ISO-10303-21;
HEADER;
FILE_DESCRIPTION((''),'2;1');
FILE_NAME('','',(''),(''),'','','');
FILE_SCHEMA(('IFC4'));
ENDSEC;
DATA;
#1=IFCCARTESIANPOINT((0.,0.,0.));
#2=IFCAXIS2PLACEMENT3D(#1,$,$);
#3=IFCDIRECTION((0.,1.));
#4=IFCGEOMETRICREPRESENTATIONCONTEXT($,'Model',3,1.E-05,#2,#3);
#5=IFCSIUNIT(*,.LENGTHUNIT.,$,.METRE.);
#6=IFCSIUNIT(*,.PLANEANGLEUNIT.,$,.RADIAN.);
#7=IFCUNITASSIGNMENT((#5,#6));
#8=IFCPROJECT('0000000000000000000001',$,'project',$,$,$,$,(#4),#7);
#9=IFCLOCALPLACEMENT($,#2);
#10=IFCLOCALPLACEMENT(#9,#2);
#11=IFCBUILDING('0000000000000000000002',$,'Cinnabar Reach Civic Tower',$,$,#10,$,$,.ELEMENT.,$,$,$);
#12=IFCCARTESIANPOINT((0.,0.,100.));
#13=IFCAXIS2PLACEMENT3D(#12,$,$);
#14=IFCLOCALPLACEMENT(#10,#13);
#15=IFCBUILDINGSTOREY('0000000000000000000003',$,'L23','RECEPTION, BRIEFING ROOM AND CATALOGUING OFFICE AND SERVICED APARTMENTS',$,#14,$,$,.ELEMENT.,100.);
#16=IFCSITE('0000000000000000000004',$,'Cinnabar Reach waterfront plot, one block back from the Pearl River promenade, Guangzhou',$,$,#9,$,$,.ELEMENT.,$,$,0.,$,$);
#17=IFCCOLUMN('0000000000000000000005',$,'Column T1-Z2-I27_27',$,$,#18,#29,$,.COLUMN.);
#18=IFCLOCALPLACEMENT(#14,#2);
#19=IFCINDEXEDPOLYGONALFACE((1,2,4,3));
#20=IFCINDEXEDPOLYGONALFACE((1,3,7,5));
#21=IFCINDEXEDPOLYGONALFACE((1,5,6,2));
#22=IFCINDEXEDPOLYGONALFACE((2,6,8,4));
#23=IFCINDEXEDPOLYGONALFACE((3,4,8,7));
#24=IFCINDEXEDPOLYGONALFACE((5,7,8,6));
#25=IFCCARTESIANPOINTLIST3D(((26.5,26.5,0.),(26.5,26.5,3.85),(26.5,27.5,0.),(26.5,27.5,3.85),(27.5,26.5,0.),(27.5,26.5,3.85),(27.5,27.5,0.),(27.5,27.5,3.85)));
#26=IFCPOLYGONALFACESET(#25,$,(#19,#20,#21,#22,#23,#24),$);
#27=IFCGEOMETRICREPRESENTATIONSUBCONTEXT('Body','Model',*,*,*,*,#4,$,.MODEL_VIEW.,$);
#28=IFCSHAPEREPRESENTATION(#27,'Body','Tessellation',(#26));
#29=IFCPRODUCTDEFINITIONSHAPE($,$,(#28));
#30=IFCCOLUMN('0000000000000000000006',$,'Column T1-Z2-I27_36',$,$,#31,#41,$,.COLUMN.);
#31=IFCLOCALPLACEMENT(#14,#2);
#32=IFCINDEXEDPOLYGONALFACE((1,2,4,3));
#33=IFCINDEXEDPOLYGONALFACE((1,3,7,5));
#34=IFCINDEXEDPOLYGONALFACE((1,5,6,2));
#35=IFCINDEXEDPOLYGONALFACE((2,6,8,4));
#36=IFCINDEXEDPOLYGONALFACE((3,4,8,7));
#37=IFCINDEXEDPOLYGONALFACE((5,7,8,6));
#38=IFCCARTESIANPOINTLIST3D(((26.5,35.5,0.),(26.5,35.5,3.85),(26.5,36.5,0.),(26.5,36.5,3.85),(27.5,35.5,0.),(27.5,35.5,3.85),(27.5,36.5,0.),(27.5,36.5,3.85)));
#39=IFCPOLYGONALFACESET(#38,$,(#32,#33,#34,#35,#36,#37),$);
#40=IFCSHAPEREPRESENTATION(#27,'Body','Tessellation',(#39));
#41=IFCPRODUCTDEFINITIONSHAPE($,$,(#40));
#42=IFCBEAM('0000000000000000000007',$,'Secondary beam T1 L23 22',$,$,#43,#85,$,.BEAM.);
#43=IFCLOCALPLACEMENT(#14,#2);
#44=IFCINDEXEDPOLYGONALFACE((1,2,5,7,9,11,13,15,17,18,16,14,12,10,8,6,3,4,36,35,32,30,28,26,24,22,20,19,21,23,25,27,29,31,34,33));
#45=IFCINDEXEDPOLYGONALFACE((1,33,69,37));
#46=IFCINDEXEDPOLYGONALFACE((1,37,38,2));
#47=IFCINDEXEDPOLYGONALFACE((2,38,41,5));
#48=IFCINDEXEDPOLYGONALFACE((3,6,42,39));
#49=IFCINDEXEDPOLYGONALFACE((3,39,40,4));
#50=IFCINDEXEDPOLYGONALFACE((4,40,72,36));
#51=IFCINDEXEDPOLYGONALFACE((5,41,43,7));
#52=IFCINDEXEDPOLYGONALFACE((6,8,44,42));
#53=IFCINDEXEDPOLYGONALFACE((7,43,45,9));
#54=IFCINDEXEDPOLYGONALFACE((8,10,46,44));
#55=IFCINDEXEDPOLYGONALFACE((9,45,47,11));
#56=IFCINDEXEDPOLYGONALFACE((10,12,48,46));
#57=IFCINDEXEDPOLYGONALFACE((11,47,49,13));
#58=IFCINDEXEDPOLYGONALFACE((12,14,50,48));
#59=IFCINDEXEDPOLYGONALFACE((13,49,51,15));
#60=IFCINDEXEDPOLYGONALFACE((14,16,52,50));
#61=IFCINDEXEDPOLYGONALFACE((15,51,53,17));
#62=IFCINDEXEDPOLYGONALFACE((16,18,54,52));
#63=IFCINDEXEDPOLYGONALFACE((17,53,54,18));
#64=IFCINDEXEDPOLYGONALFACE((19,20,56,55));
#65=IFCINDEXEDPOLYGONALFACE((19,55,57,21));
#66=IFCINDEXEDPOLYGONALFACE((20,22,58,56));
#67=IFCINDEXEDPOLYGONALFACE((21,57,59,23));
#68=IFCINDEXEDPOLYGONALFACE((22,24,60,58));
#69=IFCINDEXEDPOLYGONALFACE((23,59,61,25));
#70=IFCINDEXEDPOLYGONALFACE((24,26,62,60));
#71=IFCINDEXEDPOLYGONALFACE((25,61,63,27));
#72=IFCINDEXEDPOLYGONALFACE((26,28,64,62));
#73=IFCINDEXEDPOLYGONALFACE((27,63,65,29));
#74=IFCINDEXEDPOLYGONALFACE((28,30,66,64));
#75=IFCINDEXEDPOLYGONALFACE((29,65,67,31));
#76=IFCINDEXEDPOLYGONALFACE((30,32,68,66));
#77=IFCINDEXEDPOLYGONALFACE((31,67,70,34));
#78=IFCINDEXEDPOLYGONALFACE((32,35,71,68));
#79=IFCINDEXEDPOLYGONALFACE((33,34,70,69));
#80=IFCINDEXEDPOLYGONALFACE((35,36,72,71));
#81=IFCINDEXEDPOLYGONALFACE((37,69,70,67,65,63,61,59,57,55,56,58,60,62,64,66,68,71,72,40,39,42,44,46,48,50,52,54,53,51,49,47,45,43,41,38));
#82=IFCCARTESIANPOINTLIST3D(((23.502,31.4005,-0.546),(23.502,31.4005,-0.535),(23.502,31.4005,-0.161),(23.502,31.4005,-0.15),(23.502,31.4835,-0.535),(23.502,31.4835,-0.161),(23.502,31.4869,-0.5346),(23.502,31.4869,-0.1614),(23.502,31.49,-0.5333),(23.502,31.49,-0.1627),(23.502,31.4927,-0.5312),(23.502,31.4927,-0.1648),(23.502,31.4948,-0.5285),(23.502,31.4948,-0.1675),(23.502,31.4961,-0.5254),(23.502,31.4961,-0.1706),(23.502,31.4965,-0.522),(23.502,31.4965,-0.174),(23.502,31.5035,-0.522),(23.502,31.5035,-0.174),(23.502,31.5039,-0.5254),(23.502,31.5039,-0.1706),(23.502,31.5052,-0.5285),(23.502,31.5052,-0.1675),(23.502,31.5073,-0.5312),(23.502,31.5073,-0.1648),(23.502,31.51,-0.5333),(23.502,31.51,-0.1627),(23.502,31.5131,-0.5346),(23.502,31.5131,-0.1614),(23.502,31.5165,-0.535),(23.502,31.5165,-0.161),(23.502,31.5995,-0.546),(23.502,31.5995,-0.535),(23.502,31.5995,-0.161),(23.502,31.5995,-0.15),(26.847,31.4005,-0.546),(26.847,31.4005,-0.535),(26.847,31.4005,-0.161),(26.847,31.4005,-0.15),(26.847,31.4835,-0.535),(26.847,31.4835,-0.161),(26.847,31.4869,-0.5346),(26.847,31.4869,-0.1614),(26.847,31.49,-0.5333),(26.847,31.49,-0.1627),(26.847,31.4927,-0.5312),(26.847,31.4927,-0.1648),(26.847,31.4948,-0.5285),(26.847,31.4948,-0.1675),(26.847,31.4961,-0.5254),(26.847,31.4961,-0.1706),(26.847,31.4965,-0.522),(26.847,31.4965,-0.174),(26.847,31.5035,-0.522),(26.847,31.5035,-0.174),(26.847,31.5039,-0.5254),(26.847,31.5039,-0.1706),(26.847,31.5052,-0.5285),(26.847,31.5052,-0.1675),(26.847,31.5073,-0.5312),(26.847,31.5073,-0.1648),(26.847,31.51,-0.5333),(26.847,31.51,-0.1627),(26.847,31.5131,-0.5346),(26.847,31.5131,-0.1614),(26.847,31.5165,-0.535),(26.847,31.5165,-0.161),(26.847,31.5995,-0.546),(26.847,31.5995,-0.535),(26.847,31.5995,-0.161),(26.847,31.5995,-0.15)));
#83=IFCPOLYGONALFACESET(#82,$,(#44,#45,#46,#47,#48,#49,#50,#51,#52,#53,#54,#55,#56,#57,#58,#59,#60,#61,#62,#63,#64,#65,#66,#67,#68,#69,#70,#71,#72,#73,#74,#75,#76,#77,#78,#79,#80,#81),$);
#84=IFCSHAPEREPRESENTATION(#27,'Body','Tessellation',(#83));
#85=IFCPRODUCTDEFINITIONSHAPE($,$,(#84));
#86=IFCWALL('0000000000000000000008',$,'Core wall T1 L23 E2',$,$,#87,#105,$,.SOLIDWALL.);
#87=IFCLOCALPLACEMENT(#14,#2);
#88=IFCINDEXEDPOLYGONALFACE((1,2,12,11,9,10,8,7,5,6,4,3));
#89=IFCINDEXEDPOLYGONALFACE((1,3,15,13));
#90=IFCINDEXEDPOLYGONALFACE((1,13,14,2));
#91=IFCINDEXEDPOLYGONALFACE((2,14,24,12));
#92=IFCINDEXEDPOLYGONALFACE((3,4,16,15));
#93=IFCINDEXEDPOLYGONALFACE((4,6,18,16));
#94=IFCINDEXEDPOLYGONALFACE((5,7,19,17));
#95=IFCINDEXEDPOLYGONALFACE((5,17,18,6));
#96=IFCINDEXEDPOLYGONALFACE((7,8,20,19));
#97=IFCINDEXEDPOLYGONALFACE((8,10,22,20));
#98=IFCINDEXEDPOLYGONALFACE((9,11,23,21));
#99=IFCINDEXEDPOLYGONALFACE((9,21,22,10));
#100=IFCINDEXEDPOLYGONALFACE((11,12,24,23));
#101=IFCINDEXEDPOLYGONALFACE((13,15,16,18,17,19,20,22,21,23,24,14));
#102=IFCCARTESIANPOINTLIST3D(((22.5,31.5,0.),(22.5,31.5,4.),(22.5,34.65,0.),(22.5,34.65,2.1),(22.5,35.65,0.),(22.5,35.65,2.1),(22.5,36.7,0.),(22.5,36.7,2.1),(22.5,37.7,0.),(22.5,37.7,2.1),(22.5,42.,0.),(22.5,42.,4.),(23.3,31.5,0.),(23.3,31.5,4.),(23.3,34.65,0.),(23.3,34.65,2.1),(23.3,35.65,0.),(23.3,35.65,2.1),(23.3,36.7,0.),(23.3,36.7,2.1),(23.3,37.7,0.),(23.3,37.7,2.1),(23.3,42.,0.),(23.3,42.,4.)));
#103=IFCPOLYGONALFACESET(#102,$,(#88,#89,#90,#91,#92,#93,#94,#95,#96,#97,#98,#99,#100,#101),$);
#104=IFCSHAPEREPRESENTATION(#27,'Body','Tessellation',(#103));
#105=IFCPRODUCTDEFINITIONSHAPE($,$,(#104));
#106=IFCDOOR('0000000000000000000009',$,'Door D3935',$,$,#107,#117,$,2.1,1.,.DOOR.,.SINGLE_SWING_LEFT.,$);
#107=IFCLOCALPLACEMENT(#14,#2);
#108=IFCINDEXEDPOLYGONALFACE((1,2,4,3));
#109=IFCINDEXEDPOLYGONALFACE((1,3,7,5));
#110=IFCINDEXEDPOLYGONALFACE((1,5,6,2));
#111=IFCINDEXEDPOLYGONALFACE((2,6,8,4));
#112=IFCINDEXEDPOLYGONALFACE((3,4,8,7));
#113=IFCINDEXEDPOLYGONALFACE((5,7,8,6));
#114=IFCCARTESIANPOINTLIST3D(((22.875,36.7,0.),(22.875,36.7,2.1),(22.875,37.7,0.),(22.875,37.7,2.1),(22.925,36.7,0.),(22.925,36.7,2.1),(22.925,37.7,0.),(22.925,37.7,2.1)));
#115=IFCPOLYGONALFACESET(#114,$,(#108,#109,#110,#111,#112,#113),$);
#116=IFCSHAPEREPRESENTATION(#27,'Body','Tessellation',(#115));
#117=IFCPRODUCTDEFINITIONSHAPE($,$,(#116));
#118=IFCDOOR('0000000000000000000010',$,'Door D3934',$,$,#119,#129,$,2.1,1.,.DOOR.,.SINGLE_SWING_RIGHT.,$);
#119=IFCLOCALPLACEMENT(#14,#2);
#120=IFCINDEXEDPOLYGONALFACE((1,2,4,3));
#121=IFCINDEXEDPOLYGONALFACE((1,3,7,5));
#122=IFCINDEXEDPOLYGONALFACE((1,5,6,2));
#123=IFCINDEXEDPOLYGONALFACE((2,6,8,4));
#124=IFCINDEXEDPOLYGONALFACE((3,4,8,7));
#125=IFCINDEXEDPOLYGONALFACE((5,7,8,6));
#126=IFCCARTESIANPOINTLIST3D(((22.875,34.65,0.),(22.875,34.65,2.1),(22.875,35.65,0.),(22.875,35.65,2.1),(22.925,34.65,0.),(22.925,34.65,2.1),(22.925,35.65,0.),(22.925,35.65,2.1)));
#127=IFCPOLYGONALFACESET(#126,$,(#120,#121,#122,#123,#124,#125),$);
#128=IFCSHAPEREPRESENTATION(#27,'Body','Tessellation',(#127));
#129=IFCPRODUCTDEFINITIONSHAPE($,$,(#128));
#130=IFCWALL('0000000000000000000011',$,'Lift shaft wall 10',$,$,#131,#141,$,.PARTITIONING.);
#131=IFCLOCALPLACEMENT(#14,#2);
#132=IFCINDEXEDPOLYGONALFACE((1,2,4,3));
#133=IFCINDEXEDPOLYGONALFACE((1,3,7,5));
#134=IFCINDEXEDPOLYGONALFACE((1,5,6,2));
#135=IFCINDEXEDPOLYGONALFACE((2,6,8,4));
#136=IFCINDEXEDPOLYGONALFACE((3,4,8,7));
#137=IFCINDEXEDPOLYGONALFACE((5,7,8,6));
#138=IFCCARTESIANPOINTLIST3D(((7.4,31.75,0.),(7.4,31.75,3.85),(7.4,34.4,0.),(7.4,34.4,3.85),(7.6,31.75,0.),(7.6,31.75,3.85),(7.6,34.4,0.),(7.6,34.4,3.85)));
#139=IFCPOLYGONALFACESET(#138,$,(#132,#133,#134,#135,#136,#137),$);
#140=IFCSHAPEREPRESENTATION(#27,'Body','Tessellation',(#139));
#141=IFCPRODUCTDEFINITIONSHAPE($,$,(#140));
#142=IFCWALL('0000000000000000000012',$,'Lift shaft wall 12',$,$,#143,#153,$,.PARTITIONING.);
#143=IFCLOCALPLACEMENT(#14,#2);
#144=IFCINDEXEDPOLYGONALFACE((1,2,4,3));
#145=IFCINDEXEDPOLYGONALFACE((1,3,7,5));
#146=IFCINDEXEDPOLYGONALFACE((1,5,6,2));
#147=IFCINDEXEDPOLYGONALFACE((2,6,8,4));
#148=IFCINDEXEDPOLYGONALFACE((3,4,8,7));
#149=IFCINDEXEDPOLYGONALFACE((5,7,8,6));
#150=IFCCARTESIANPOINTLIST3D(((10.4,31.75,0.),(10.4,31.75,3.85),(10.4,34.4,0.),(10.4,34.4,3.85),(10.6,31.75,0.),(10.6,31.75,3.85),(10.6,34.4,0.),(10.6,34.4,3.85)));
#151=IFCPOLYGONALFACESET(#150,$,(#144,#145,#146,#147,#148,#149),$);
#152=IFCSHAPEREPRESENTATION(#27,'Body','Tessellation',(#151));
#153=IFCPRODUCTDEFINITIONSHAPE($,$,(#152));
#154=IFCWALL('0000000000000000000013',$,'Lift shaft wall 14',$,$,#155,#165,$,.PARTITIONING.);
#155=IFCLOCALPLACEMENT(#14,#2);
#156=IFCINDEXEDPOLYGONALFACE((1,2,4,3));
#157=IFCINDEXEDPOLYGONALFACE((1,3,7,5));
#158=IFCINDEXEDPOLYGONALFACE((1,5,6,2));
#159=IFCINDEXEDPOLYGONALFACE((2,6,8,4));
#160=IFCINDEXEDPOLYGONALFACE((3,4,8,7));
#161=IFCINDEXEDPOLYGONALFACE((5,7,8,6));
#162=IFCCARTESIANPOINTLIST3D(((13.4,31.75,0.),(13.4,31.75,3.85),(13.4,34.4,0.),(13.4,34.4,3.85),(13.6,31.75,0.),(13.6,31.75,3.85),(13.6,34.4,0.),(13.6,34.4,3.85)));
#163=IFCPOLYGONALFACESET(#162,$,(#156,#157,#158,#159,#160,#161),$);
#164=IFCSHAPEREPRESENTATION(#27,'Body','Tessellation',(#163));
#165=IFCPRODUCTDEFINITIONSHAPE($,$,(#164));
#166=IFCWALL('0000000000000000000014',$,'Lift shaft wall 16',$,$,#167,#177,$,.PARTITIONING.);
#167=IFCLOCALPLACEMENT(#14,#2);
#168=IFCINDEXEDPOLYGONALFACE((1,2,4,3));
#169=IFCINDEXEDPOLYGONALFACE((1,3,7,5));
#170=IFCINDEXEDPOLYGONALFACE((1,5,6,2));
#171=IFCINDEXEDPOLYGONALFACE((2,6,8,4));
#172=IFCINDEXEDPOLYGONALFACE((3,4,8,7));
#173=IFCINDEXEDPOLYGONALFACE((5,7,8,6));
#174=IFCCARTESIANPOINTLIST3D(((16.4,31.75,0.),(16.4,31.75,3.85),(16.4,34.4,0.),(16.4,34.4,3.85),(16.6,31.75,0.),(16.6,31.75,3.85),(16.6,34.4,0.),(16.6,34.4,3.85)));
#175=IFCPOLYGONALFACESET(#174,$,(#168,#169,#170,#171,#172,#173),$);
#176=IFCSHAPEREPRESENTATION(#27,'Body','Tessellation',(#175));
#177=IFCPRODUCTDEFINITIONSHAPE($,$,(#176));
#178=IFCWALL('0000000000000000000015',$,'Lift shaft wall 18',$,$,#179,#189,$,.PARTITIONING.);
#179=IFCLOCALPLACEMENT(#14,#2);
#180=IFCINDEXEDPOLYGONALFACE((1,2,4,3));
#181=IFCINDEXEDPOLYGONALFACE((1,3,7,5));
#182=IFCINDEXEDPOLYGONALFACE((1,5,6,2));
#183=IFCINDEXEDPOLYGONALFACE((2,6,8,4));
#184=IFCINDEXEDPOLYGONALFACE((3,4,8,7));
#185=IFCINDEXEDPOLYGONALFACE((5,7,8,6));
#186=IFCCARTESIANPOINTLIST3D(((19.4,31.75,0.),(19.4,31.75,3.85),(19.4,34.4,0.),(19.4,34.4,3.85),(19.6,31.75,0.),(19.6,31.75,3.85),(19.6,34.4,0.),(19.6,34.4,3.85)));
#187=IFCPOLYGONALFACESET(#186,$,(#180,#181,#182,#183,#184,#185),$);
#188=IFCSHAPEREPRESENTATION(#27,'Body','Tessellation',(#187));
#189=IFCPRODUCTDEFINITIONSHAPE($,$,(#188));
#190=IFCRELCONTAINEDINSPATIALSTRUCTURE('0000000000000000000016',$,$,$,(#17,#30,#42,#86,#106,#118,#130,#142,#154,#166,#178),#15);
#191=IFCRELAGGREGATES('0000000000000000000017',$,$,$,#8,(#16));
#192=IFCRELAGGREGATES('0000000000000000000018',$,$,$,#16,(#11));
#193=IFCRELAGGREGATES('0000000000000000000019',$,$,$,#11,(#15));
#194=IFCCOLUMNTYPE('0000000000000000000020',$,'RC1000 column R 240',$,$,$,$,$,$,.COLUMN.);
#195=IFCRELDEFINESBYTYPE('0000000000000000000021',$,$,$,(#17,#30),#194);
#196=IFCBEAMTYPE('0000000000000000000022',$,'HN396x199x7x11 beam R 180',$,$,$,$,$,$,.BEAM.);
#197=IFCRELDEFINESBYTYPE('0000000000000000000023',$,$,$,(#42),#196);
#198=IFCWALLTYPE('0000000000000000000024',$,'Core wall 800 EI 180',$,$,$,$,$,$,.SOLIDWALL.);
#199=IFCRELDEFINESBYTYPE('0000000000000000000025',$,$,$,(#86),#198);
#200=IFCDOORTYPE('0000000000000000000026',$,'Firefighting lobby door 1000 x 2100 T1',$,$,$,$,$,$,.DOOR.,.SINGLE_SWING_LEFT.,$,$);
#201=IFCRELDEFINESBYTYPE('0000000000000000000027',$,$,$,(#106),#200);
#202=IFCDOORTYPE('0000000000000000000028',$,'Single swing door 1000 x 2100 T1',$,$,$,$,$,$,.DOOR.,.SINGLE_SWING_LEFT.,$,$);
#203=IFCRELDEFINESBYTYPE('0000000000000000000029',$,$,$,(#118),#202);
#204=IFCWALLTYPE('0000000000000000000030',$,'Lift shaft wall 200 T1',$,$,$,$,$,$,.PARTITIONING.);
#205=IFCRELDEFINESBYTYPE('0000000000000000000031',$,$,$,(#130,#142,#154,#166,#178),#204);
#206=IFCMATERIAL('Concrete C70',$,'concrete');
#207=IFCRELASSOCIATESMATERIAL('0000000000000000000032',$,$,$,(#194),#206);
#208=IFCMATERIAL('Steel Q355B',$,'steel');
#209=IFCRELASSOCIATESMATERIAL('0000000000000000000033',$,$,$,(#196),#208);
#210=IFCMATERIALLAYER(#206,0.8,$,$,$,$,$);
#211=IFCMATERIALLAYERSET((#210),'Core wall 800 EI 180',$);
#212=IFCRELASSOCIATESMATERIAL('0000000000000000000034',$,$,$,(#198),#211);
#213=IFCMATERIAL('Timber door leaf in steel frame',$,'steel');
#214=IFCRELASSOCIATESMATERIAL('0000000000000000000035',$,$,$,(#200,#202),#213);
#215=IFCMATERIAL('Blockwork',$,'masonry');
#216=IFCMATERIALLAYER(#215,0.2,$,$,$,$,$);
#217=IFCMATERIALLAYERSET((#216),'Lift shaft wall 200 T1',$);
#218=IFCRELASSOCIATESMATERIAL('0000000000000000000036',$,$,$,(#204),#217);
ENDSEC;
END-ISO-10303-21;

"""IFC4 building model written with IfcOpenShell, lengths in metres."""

from ifc_helpers import new_model, si_unit, direction, frame, frame_2d, origin, origin_2d, place, context, subcontext, project, spatial, rectangle, i_section, extrude, material, layer, layer_set, material_profile, profile_set, type_object, element, fill, save


model = new_model("IFC4")

# Units and contexts
model_context = context("Model", 3, precision=1e-05, world=origin(), true_north=direction((0.0, 1.0)))
body_context = subcontext(model_context, "Body", "Model", "MODEL_VIEW")
ifc_project = project(units=[si_unit("LENGTHUNIT", "METRE"), si_unit("PLANEANGLEUNIT", "RADIAN")], contexts=[model_context])

# Site, building, storey
site_placement = place(None, origin())
site = spatial("IfcSite", under=ifc_project, at=site_placement, Name="Cinnabar Reach waterfront plot, one block back from the Pearl River promenade, Guangzhou", CompositionType="ELEMENT", RefElevation=0.0)
building_placement = place(site_placement, origin())
building = spatial("IfcBuilding", under=site, at=building_placement, Name="Cinnabar Reach Civic Tower", CompositionType="ELEMENT")
storey_placement = place(building_placement, frame((0.0, 0.0, 100.0)))
storey = spatial("IfcBuildingStorey", under=building, at=storey_placement, Name="L23", Description="RECEPTION, BRIEFING ROOM AND CATALOGUING OFFICE AND SERVICED APARTMENTS", CompositionType="ELEMENT", Elevation=100.0)

# Columns
ifc_material_1 = material(Name="Concrete C70", Category="concrete")
ifc_material_profile_1 = material_profile(ifc_material_1, rectangle(XDim=1.0, YDim=1.0, at=origin_2d()), Name="RC1000")
ifc_profile_set_1 = profile_set([ifc_material_profile_1], Name="Concrete C70")
column_type = type_object("IfcColumnType", Name="RC1000 column R 240", PredefinedType="COLUMN", material=ifc_profile_set_1)
for number, where, z_axis, x_axis, name in (
    (1, (27.0, 27.0, 0.0), (0.0, 0.0, 1.0), (1.0, 0.0, 0.0), "Column T1-Z2-I27_27"),
    (2, (27.0, 36.0, 0.0), (0.0, 0.0, 1.0), (1.0, 0.0, 0.0), "Column T1-Z2-I27_36"),
):
    element("IfcColumn", number, at=place(storey_placement, frame(where, z_axis=z_axis, x_axis=x_axis)), inside=storey, type_object=column_type, Name=name, PredefinedType="COLUMN", context=body_context, shape_type="SweptSolid", body=[
        extrude(rectangle(XDim=1.0, YDim=1.0, at=origin_2d()), origin(), (0.0, 0.0, 1.0), 3.85),
    ])

# Beam
ifc_material_2 = material(Name="Steel Q355B", Category="steel")
ifc_material_profile_2 = material_profile(ifc_material_2, i_section(OverallWidth=0.199, OverallDepth=0.396, WebThickness=0.007, FlangeThickness=0.011, FilletRadius=0.013, at=origin_2d()), Name="HN396x199x7x11")
ifc_profile_set_2 = profile_set([ifc_material_profile_2], Name="Steel Q355B")
beam_type = type_object("IfcBeamType", Name="HN396x199x7x11 beam R 180", PredefinedType="BEAM", material=ifc_profile_set_2)
beam_placement = place(storey_placement, frame((23.502, 31.5, -0.348), z_axis=(1.0, 0.0, 0.0), x_axis=(0.0, 1.0, 0.0)))
element("IfcBeam", 3, at=beam_placement, inside=storey, type_object=beam_type, Name="Secondary beam T1 L23 22", PredefinedType="BEAM", context=body_context, shape_type="SweptSolid", body=[
    extrude(i_section(OverallWidth=0.199, OverallDepth=0.396, WebThickness=0.007, FlangeThickness=0.011, FilletRadius=0.013, at=origin_2d()), origin(), (0.0, 0.0, 1.0), 3.345),
])

# Wall, openings, doors
ifc_layer_1 = layer(ifc_material_1, 0.8)
ifc_layer_set_1 = layer_set([ifc_layer_1], Name="Core wall 800 EI 180")
wall_type_1 = type_object("IfcWallType", Name="Core wall 800 EI 180", PredefinedType="SOLIDWALL", material=ifc_layer_set_1)
wall_1_placement = place(storey_placement, frame((22.9, 31.5, 0.0), z_axis=(0.0, 0.0, 1.0), x_axis=(0.0, 1.0, 0.0)))
wall_1 = element("IfcWall", 4, at=wall_1_placement, inside=storey, type_object=wall_type_1, Name="Core wall T1 L23 E2", PredefinedType="SOLIDWALL", context=body_context, shape_type="SweptSolid", body=[
    extrude(rectangle(XDim=10.5, YDim=0.8, at=frame_2d((5.25, 0.0))), origin(), (0.0, 0.0, 1.0), 4.0),
])
opening_1_placement = place(wall_1_placement, frame((3.15, 0.0, 0.0)))
opening_1 = element("IfcOpeningElement", 5, at=opening_1_placement, cuts=wall_1, PredefinedType="OPENING", context=body_context, shape_type="SweptSolid", body=[
    extrude(rectangle(XDim=1.0, YDim=2.1, at=frame_2d((0.5, 1.05))), frame((0.0, 0.41, 0.0), z_axis=(0.0, -1.0, 0.0), x_axis=(1.0, 0.0, 0.0)), (0.0, 0.0, 1.0), 0.82),
])
opening_2_placement = place(wall_1_placement, frame((5.2, 0.0, 0.0)))
opening_2 = element("IfcOpeningElement", 6, at=opening_2_placement, cuts=wall_1, PredefinedType="OPENING", context=body_context, shape_type="SweptSolid", body=[
    extrude(rectangle(XDim=1.0, YDim=2.1, at=frame_2d((0.5, 1.05))), frame((0.0, 0.41, 0.0), z_axis=(0.0, -1.0, 0.0), x_axis=(1.0, 0.0, 0.0)), (0.0, 0.0, 1.0), 0.82),
])
ifc_material_3 = material(Name="Timber door leaf in steel frame", Category="steel")
door_type_1 = type_object("IfcDoorType", Name="Firefighting lobby door 1000 x 2100 T1", OperationType="SINGLE_SWING_LEFT", PredefinedType="DOOR", material=ifc_material_3)
door_1_placement = place(opening_2_placement, origin())
door_1 = element("IfcDoor", 7, at=door_1_placement, inside=storey, type_object=door_type_1, Name="Door D3935", OperationType="SINGLE_SWING_LEFT", OverallHeight=2.1, OverallWidth=1.0, PredefinedType="DOOR", context=body_context, shape_type="SweptSolid", body=[
    extrude(rectangle(XDim=1.0, YDim=2.1, at=frame_2d((0.5, 1.05))), frame((0.0, 0.025, 0.0), z_axis=(0.0, -1.0, 0.0), x_axis=(1.0, 0.0, 0.0)), (0.0, 0.0, 1.0), 0.05),
])
fill(opening_2, door_1)
door_type_2 = type_object("IfcDoorType", Name="Single swing door 1000 x 2100 T1", OperationType="SINGLE_SWING_LEFT", PredefinedType="DOOR", material=ifc_material_3)
door_2_placement = place(opening_1_placement, origin())
door_2 = element("IfcDoor", 8, at=door_2_placement, inside=storey, type_object=door_type_2, Name="Door D3934", OperationType="SINGLE_SWING_RIGHT", OverallHeight=2.1, OverallWidth=1.0, PredefinedType="DOOR", context=body_context, shape_type="SweptSolid", body=[
    extrude(rectangle(XDim=1.0, YDim=2.1, at=frame_2d((0.5, 1.05))), frame((0.0, 0.025, 0.0), z_axis=(0.0, -1.0, 0.0), x_axis=(1.0, 0.0, 0.0)), (0.0, 0.0, 1.0), 0.05),
])
fill(opening_1, door_2)

# Walls
ifc_material_4 = material(Name="Blockwork", Category="masonry")
ifc_layer_2 = layer(ifc_material_4, 0.2)
ifc_layer_set_2 = layer_set([ifc_layer_2], Name="Lift shaft wall 200 T1")
wall_type_2 = type_object("IfcWallType", Name="Lift shaft wall 200 T1", PredefinedType="PARTITIONING", material=ifc_layer_set_2)
for number, where, z_axis, x_axis, name in (
    (9, (7.5, 31.75, 0.0), (0.0, 0.0, 1.0), (0.0, 1.0, 0.0), "Lift shaft wall 10"),
    (10, (10.5, 31.75, 0.0), (0.0, 0.0, 1.0), (0.0, 1.0, 0.0), "Lift shaft wall 12"),
    (11, (13.5, 31.75, 0.0), (0.0, 0.0, 1.0), (0.0, 1.0, 0.0), "Lift shaft wall 14"),
    (12, (16.5, 31.75, 0.0), (0.0, 0.0, 1.0), (0.0, 1.0, 0.0), "Lift shaft wall 16"),
    (13, (19.5, 31.75, 0.0), (0.0, 0.0, 1.0), (0.0, 1.0, 0.0), "Lift shaft wall 18"),
):
    element("IfcWall", number, at=place(storey_placement, frame(where, z_axis=z_axis, x_axis=x_axis)), inside=storey, type_object=wall_type_2, Name=name, PredefinedType="PARTITIONING", context=body_context, shape_type="SweptSolid", body=[
        extrude(rectangle(XDim=2.65, YDim=0.2, at=frame_2d((1.325, 0.0))), origin(), (0.0, 0.0, 1.0), 3.85),
    ])

save(model, "model.ifc")
